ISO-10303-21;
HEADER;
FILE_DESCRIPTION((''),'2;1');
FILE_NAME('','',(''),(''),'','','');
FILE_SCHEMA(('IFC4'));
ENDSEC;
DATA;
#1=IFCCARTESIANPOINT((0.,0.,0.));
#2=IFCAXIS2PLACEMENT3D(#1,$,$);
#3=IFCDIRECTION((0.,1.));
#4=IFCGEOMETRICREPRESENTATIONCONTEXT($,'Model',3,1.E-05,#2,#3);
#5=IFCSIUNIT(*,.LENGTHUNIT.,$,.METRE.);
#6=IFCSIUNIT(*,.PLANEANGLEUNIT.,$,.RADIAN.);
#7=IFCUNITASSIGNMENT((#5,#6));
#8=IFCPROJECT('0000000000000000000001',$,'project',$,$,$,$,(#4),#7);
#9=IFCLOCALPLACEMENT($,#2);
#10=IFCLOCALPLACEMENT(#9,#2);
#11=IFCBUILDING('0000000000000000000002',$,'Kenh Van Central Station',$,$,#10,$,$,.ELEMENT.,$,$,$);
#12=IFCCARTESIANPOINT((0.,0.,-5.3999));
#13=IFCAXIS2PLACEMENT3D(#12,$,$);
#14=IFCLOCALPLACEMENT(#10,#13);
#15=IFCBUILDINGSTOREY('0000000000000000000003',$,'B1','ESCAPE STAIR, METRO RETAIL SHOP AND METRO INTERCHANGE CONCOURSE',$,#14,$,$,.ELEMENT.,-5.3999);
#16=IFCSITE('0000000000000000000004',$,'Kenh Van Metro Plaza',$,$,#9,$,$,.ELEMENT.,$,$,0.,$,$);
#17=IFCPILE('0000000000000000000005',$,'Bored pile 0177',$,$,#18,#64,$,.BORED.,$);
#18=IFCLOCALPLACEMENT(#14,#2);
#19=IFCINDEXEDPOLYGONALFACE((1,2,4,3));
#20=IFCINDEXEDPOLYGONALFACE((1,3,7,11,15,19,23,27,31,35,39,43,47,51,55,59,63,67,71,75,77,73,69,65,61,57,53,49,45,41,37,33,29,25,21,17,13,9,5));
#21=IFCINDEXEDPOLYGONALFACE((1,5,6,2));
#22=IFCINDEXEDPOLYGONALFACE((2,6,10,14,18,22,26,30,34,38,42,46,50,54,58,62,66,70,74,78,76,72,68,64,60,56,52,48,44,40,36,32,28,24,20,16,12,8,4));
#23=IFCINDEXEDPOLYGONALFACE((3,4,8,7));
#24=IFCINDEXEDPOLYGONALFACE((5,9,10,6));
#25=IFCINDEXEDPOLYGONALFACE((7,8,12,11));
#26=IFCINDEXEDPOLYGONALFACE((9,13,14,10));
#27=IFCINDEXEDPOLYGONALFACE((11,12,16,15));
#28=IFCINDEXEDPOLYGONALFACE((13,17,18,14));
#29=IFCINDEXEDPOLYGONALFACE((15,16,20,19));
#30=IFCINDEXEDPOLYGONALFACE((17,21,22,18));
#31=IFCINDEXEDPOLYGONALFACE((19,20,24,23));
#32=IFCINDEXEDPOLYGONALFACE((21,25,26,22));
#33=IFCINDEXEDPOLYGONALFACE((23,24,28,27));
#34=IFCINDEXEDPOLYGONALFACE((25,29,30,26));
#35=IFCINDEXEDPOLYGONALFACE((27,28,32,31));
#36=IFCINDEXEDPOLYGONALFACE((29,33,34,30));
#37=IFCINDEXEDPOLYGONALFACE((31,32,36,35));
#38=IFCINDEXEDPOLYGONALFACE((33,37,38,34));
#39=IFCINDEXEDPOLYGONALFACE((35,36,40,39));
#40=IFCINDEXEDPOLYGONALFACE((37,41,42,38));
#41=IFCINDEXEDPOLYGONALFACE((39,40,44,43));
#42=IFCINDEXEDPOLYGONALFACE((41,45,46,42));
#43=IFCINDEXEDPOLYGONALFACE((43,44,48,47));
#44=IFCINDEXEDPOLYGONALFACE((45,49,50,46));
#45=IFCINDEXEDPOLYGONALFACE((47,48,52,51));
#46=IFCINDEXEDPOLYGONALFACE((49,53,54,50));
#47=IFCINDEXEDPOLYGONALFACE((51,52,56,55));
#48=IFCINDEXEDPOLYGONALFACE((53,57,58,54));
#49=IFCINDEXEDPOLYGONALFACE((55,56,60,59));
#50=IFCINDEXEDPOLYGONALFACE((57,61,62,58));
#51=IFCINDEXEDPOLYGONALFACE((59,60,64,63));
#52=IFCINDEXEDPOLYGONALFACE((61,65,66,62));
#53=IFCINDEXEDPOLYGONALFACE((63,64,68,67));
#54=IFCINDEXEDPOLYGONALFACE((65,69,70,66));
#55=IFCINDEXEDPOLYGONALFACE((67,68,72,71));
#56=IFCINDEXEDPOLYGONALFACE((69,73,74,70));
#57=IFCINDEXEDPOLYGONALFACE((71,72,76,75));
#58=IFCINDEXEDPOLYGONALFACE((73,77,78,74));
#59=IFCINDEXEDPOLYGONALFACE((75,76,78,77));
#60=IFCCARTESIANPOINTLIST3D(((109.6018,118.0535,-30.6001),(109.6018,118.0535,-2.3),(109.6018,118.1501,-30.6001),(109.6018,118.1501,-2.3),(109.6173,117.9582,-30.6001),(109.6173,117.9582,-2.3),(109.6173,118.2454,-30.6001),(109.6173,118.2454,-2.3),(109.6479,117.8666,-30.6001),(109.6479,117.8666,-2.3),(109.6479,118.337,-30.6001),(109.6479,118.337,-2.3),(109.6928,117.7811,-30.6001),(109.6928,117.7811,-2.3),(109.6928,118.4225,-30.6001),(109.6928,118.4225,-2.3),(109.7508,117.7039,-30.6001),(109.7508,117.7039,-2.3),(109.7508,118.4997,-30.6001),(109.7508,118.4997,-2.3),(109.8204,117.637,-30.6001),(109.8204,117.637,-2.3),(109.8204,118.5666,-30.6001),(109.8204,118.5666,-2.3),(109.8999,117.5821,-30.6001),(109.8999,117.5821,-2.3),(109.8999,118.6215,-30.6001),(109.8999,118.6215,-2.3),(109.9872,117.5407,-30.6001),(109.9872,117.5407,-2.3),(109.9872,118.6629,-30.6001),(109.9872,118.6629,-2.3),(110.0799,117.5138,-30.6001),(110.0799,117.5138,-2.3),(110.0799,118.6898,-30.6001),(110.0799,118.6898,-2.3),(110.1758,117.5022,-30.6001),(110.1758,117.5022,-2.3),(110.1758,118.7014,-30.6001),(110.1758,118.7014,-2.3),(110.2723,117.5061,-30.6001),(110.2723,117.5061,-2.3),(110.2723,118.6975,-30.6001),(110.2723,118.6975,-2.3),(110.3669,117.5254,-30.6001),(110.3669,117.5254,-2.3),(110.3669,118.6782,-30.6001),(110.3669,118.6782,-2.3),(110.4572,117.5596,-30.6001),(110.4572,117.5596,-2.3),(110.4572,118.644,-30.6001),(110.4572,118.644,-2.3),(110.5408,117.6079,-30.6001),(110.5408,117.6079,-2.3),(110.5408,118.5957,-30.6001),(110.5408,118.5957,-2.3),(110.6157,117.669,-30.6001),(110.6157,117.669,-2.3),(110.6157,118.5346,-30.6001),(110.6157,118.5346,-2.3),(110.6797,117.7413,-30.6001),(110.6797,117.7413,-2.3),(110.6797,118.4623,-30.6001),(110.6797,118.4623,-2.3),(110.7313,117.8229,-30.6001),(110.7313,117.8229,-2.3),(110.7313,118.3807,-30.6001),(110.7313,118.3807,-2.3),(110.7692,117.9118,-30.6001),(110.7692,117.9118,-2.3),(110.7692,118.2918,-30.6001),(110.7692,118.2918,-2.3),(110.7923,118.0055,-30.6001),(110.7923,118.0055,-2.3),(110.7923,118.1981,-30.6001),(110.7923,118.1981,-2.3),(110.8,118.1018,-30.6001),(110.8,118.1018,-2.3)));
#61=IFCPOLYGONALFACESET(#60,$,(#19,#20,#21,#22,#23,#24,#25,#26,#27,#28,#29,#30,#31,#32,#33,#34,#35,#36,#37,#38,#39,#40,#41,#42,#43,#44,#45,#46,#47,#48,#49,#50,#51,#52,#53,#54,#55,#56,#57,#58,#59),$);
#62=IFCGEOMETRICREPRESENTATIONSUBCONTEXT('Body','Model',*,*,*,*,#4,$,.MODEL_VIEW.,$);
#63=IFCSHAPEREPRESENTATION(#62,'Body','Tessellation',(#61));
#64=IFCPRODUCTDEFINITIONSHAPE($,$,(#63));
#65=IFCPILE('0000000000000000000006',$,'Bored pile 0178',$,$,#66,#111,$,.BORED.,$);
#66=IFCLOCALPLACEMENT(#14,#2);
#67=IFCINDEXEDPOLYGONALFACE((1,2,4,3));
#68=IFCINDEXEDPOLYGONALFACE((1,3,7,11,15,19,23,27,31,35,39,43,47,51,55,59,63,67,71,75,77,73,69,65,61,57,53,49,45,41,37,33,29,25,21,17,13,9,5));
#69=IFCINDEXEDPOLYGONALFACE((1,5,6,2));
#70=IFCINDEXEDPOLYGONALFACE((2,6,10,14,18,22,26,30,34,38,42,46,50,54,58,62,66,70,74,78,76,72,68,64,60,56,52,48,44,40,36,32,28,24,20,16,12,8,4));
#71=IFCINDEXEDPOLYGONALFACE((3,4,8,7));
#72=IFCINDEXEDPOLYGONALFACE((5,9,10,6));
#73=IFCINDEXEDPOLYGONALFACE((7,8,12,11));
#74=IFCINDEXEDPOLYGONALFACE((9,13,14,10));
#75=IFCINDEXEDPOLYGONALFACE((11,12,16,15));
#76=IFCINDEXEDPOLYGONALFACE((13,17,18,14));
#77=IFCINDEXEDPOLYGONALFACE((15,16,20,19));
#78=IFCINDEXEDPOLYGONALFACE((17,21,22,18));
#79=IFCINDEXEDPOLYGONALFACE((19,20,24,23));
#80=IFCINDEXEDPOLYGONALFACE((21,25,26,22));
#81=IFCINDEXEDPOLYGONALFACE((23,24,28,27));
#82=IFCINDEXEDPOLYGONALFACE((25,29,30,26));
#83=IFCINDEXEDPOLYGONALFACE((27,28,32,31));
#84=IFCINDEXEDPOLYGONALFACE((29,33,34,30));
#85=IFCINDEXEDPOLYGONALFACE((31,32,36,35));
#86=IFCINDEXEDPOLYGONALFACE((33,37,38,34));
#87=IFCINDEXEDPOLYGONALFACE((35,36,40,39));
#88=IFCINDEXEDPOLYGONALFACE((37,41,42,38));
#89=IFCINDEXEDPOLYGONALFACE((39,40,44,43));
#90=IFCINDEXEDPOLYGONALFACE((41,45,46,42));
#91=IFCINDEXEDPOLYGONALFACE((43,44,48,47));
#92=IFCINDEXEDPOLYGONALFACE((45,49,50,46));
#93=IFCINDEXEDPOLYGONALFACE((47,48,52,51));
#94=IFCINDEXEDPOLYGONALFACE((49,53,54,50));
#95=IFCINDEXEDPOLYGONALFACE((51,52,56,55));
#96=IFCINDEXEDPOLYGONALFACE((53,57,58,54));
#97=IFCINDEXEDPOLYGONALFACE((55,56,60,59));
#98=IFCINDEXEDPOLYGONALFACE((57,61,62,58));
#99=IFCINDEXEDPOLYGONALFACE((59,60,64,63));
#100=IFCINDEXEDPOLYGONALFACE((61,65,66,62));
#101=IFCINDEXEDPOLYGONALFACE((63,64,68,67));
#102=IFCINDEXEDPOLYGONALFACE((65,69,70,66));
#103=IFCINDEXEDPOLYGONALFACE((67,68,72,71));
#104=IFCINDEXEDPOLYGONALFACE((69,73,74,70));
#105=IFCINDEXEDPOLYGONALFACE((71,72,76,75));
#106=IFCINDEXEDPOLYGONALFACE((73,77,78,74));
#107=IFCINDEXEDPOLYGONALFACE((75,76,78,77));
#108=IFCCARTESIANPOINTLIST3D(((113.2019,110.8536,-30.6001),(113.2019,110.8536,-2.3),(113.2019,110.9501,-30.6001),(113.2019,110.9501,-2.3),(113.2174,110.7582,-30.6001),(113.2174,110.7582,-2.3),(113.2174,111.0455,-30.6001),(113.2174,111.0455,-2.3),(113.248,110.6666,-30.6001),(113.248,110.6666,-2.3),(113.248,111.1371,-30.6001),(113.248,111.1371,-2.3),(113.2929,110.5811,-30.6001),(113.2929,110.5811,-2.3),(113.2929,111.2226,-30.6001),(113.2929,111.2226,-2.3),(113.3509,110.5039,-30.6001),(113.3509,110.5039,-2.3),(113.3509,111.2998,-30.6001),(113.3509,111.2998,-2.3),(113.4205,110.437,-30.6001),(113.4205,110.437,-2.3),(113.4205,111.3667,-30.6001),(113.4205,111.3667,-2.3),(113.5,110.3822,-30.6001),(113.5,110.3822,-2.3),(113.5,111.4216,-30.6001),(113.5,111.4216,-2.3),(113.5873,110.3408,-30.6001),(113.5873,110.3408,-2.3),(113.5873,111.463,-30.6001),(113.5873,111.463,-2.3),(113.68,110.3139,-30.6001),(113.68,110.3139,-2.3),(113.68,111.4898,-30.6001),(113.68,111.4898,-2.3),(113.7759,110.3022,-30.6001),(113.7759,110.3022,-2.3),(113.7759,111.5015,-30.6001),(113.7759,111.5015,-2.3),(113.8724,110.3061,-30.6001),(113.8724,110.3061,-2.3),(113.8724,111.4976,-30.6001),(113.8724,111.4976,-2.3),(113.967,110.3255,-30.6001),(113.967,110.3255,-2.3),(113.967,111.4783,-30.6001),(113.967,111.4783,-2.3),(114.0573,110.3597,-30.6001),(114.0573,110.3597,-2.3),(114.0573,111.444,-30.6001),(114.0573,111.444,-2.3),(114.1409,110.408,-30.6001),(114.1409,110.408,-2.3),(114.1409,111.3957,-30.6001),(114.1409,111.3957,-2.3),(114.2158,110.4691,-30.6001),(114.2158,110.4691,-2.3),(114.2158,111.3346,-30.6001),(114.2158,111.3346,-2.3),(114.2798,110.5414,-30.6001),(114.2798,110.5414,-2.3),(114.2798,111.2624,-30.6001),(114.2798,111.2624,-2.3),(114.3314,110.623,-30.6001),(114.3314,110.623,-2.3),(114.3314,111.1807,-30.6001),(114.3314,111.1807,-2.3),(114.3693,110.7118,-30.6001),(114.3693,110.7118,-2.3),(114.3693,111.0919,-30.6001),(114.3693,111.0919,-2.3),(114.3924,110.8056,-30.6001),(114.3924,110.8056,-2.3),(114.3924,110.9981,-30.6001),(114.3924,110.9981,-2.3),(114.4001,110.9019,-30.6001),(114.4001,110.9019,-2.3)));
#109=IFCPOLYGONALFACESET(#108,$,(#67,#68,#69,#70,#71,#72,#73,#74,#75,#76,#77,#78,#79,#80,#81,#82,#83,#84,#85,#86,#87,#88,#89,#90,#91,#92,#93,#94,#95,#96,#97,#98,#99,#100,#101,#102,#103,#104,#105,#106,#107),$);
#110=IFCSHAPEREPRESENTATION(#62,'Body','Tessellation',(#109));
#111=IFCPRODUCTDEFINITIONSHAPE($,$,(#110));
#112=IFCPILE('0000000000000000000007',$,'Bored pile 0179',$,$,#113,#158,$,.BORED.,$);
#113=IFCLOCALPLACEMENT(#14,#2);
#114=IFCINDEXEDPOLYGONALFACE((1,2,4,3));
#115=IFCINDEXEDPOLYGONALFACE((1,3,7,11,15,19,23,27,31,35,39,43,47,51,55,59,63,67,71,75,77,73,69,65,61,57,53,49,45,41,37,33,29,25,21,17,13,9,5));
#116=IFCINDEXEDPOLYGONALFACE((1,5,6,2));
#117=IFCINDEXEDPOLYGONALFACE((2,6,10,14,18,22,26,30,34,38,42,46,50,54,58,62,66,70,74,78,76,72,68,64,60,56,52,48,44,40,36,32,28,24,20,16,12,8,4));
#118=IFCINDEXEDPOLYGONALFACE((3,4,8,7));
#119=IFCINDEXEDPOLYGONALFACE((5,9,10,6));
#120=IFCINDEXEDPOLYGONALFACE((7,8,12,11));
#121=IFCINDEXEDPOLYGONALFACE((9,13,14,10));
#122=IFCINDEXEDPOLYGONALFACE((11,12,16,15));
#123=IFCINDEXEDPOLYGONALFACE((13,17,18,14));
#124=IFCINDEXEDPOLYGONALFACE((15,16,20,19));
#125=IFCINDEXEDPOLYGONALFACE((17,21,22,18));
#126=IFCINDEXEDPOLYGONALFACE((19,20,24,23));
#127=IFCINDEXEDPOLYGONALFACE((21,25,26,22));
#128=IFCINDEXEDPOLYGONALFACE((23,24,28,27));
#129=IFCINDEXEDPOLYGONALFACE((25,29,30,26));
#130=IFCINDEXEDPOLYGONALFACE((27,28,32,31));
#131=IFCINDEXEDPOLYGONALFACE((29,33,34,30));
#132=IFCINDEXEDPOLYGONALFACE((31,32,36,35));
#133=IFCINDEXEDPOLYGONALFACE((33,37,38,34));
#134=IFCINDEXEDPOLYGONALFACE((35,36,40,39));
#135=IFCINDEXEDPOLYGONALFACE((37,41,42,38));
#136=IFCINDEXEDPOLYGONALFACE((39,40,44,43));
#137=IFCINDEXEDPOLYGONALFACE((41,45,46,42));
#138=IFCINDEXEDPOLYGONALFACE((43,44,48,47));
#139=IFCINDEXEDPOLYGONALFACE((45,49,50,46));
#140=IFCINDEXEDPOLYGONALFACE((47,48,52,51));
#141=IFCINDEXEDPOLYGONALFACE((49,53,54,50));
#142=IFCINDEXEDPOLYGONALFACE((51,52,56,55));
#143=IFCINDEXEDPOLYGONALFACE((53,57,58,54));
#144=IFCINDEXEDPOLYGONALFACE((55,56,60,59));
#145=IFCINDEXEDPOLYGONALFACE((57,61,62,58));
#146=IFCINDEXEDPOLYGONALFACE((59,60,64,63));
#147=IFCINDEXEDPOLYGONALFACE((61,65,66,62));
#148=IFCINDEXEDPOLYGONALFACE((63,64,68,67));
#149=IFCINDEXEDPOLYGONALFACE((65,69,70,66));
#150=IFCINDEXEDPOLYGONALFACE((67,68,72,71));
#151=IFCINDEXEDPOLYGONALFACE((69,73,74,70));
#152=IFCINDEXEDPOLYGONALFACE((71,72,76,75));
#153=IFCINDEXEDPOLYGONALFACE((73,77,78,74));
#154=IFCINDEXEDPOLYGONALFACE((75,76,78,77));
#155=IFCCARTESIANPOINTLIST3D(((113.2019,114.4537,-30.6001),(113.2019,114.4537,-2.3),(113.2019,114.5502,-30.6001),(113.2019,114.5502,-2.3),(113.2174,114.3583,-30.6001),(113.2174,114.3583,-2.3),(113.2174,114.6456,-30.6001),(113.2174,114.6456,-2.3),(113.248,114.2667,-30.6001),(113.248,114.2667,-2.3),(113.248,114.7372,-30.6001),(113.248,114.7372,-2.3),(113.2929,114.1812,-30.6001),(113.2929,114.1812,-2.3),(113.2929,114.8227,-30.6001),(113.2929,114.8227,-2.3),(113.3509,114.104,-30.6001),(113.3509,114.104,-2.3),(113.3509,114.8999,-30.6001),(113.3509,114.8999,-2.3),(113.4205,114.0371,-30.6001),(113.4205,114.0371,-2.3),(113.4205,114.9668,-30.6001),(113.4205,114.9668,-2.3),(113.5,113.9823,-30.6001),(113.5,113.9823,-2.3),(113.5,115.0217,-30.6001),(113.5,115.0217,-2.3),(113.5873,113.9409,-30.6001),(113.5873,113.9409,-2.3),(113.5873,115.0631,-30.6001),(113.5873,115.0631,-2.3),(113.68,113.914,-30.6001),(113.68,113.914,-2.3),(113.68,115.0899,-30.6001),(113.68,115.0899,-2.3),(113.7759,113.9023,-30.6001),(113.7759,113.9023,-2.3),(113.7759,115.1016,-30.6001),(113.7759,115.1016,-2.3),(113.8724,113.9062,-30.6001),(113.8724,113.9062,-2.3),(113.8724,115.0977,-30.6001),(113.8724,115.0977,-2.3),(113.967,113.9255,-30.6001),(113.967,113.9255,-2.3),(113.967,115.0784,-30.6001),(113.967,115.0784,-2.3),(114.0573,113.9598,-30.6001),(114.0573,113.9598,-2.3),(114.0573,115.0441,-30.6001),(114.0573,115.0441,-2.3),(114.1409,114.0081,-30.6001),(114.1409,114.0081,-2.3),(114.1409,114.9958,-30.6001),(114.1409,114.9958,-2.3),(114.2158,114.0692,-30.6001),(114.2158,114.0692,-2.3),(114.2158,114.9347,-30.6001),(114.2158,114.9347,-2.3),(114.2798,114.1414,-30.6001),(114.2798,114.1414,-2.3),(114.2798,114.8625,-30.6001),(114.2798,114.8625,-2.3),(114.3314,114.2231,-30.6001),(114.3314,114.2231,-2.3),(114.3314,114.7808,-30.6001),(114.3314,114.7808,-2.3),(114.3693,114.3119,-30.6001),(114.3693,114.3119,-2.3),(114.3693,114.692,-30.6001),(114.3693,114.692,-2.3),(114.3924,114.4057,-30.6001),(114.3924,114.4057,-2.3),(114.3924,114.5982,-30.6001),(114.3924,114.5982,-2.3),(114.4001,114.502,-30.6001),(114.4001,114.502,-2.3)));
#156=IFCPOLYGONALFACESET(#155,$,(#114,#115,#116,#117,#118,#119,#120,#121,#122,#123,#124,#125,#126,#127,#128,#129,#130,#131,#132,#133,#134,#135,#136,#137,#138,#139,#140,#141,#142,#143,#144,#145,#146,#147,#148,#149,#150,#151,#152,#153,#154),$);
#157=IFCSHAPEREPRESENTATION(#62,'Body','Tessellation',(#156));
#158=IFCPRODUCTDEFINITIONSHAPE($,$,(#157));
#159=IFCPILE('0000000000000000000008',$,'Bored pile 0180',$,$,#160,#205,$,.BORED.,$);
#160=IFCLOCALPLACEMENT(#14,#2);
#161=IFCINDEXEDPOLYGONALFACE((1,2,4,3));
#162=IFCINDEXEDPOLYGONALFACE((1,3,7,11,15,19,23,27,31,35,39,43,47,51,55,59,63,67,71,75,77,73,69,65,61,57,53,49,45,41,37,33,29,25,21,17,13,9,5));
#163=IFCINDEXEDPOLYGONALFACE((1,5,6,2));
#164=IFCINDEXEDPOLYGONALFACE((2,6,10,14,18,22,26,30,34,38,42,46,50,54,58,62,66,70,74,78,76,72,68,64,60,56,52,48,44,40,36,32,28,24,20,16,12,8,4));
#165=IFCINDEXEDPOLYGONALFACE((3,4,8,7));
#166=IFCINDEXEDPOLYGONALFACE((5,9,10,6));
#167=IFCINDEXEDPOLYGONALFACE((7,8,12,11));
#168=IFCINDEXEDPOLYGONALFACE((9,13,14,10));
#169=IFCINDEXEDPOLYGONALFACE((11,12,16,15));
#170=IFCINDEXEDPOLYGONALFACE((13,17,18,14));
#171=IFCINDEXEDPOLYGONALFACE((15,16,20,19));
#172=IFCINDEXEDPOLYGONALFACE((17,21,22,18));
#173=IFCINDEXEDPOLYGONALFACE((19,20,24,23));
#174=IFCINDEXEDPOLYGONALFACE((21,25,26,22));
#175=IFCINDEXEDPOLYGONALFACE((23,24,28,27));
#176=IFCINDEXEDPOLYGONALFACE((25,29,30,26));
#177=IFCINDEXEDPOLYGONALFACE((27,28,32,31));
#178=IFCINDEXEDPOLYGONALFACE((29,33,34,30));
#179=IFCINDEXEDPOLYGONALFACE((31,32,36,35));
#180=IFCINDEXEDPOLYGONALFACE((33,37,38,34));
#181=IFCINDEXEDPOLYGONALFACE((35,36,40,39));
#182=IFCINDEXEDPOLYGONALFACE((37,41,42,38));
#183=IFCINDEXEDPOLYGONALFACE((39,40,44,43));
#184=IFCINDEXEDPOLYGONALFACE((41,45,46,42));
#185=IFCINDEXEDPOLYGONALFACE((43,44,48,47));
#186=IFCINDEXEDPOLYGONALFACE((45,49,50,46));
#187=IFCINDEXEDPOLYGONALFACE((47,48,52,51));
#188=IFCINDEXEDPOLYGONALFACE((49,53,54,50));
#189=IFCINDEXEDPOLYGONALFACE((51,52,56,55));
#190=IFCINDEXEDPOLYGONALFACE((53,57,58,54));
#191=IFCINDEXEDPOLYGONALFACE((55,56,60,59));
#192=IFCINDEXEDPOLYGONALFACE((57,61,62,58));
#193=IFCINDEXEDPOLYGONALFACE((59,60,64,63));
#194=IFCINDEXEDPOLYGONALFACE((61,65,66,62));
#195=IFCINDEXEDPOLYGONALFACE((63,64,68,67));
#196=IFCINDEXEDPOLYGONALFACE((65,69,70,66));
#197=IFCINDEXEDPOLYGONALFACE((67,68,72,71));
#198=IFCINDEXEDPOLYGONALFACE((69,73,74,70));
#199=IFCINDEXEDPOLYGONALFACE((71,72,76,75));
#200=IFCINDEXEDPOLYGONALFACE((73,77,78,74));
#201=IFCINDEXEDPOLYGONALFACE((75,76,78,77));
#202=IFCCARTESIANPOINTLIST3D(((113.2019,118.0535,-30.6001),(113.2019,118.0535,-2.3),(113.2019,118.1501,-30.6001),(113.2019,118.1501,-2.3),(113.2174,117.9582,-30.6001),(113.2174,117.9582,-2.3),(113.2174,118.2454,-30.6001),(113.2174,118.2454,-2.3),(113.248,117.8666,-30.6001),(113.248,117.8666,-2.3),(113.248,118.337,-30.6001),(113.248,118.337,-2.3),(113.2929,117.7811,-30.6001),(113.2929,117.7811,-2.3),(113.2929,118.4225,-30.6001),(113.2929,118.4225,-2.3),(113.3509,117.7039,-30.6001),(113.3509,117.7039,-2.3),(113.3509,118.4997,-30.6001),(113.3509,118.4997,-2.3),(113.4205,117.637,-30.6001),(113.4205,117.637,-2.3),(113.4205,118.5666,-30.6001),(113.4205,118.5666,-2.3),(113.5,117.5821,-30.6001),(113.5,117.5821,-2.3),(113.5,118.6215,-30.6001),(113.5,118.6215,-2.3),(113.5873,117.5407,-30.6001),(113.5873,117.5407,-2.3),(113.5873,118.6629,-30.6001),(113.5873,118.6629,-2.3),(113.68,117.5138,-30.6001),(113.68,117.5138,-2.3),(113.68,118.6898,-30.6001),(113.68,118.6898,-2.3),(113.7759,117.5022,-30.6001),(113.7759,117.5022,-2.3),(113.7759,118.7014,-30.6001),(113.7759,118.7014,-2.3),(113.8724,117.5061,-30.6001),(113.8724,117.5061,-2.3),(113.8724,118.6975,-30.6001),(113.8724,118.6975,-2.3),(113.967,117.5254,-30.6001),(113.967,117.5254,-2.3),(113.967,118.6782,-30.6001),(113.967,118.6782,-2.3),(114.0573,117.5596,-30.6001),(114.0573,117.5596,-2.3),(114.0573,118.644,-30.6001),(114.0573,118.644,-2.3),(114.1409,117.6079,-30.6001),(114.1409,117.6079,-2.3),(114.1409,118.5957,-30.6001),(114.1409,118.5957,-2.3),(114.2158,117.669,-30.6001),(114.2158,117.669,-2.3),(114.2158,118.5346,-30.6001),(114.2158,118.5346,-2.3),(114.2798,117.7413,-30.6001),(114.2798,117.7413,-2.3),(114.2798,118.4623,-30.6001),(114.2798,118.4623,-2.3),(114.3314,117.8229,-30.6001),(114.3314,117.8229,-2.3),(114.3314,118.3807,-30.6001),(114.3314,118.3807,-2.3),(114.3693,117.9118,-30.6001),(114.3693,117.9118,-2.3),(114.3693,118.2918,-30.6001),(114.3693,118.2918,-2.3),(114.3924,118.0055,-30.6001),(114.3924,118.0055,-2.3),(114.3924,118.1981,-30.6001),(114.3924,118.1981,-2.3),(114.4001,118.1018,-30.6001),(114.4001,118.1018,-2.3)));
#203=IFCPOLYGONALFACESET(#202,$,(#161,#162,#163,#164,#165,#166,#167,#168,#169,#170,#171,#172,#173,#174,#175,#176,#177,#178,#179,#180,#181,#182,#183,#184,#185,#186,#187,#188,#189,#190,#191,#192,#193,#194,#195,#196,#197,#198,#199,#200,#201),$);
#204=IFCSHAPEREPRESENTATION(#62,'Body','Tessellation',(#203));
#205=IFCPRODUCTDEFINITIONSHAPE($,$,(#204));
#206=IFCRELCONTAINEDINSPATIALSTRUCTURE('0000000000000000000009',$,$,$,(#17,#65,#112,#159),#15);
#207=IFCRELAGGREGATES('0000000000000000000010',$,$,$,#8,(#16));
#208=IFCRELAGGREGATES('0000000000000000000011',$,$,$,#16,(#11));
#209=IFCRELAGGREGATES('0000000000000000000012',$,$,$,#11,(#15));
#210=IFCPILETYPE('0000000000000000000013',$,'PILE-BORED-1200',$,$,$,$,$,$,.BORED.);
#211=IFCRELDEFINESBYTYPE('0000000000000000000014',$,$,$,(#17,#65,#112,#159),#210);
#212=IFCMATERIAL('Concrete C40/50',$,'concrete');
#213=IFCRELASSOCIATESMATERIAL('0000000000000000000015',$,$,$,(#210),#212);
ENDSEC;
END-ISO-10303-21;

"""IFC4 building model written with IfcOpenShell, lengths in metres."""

from ifc_helpers import new_model, si_unit, direction, frame, origin, origin_2d, place, context, subcontext, project, spatial, circle, extrude, material, material_profile, profile_set, type_object, element, save


model = new_model("IFC4")

# Units and contexts
model_context = context("Model", 3, precision=1e-05, world=origin(), true_north=direction((0.0, 1.0)))
body_context = subcontext(model_context, "Body", "Model", "MODEL_VIEW")
ifc_project = project(units=[si_unit("LENGTHUNIT", "METRE"), si_unit("PLANEANGLEUNIT", "RADIAN")], contexts=[model_context])

# Site, building, storey
site_placement = place(None, origin())
site = spatial("IfcSite", under=ifc_project, at=site_placement, Name="Kenh Van Metro Plaza", CompositionType="ELEMENT", RefElevation=0.0)
building_placement = place(site_placement, origin())
building = spatial("IfcBuilding", under=site, at=building_placement, Name="Kenh Van Central Station", CompositionType="ELEMENT")
storey_placement = place(building_placement, frame((0.0, 0.0, -5.3999)))
storey = spatial("IfcBuildingStorey", under=building, at=storey_placement, Name="B1", Description="ESCAPE STAIR, METRO RETAIL SHOP AND METRO INTERCHANGE CONCOURSE", CompositionType="ELEMENT", Elevation=-5.3999)

# Shared definitions
ifc_material = material(Name="Concrete C40/50", Category="concrete")

# Piles
ifc_material_profile_1 = material_profile(ifc_material, circle(Radius=0.6001, at=origin_2d()), Name="PILE D1200")
ifc_profile_set_1 = profile_set([ifc_material_profile_1], Name="Concrete C40/50")
pile_type_1 = type_object("IfcPileType", Name="PILE-BORED-1200", PredefinedType="BORED", material=ifc_profile_set_1)
for number, where, z_axis, x_axis, name in (
    (1, (110.2, 118.1018, -2.3), (0.0, 0.0, -1.0), (1.0, 0.0, 0.0), "Bored pile 0177"),
    (2, (113.8, 110.9019, -2.3), (0.0, 0.0, -1.0), (1.0, 0.0, 0.0), "Bored pile 0178"),
    (3, (113.8, 114.502, -2.3), (0.0, 0.0, -1.0), (1.0, 0.0, 0.0), "Bored pile 0179"),
    (4, (113.8, 118.1018, -2.3), (0.0, 0.0, -1.0), (1.0, 0.0, 0.0), "Bored pile 0180"),
):
    element("IfcPile", number, at=place(storey_placement, frame(where, z_axis=z_axis, x_axis=x_axis)), inside=storey, type_object=pile_type_1, Name=name, PredefinedType="BORED", context=body_context, shape_type="SweptSolid", body=[
        extrude(circle(Radius=0.6001, at=origin_2d()), origin(), (0.0, 0.0, 1.0), 28.3),
    ])

save(model, "model.ifc")
